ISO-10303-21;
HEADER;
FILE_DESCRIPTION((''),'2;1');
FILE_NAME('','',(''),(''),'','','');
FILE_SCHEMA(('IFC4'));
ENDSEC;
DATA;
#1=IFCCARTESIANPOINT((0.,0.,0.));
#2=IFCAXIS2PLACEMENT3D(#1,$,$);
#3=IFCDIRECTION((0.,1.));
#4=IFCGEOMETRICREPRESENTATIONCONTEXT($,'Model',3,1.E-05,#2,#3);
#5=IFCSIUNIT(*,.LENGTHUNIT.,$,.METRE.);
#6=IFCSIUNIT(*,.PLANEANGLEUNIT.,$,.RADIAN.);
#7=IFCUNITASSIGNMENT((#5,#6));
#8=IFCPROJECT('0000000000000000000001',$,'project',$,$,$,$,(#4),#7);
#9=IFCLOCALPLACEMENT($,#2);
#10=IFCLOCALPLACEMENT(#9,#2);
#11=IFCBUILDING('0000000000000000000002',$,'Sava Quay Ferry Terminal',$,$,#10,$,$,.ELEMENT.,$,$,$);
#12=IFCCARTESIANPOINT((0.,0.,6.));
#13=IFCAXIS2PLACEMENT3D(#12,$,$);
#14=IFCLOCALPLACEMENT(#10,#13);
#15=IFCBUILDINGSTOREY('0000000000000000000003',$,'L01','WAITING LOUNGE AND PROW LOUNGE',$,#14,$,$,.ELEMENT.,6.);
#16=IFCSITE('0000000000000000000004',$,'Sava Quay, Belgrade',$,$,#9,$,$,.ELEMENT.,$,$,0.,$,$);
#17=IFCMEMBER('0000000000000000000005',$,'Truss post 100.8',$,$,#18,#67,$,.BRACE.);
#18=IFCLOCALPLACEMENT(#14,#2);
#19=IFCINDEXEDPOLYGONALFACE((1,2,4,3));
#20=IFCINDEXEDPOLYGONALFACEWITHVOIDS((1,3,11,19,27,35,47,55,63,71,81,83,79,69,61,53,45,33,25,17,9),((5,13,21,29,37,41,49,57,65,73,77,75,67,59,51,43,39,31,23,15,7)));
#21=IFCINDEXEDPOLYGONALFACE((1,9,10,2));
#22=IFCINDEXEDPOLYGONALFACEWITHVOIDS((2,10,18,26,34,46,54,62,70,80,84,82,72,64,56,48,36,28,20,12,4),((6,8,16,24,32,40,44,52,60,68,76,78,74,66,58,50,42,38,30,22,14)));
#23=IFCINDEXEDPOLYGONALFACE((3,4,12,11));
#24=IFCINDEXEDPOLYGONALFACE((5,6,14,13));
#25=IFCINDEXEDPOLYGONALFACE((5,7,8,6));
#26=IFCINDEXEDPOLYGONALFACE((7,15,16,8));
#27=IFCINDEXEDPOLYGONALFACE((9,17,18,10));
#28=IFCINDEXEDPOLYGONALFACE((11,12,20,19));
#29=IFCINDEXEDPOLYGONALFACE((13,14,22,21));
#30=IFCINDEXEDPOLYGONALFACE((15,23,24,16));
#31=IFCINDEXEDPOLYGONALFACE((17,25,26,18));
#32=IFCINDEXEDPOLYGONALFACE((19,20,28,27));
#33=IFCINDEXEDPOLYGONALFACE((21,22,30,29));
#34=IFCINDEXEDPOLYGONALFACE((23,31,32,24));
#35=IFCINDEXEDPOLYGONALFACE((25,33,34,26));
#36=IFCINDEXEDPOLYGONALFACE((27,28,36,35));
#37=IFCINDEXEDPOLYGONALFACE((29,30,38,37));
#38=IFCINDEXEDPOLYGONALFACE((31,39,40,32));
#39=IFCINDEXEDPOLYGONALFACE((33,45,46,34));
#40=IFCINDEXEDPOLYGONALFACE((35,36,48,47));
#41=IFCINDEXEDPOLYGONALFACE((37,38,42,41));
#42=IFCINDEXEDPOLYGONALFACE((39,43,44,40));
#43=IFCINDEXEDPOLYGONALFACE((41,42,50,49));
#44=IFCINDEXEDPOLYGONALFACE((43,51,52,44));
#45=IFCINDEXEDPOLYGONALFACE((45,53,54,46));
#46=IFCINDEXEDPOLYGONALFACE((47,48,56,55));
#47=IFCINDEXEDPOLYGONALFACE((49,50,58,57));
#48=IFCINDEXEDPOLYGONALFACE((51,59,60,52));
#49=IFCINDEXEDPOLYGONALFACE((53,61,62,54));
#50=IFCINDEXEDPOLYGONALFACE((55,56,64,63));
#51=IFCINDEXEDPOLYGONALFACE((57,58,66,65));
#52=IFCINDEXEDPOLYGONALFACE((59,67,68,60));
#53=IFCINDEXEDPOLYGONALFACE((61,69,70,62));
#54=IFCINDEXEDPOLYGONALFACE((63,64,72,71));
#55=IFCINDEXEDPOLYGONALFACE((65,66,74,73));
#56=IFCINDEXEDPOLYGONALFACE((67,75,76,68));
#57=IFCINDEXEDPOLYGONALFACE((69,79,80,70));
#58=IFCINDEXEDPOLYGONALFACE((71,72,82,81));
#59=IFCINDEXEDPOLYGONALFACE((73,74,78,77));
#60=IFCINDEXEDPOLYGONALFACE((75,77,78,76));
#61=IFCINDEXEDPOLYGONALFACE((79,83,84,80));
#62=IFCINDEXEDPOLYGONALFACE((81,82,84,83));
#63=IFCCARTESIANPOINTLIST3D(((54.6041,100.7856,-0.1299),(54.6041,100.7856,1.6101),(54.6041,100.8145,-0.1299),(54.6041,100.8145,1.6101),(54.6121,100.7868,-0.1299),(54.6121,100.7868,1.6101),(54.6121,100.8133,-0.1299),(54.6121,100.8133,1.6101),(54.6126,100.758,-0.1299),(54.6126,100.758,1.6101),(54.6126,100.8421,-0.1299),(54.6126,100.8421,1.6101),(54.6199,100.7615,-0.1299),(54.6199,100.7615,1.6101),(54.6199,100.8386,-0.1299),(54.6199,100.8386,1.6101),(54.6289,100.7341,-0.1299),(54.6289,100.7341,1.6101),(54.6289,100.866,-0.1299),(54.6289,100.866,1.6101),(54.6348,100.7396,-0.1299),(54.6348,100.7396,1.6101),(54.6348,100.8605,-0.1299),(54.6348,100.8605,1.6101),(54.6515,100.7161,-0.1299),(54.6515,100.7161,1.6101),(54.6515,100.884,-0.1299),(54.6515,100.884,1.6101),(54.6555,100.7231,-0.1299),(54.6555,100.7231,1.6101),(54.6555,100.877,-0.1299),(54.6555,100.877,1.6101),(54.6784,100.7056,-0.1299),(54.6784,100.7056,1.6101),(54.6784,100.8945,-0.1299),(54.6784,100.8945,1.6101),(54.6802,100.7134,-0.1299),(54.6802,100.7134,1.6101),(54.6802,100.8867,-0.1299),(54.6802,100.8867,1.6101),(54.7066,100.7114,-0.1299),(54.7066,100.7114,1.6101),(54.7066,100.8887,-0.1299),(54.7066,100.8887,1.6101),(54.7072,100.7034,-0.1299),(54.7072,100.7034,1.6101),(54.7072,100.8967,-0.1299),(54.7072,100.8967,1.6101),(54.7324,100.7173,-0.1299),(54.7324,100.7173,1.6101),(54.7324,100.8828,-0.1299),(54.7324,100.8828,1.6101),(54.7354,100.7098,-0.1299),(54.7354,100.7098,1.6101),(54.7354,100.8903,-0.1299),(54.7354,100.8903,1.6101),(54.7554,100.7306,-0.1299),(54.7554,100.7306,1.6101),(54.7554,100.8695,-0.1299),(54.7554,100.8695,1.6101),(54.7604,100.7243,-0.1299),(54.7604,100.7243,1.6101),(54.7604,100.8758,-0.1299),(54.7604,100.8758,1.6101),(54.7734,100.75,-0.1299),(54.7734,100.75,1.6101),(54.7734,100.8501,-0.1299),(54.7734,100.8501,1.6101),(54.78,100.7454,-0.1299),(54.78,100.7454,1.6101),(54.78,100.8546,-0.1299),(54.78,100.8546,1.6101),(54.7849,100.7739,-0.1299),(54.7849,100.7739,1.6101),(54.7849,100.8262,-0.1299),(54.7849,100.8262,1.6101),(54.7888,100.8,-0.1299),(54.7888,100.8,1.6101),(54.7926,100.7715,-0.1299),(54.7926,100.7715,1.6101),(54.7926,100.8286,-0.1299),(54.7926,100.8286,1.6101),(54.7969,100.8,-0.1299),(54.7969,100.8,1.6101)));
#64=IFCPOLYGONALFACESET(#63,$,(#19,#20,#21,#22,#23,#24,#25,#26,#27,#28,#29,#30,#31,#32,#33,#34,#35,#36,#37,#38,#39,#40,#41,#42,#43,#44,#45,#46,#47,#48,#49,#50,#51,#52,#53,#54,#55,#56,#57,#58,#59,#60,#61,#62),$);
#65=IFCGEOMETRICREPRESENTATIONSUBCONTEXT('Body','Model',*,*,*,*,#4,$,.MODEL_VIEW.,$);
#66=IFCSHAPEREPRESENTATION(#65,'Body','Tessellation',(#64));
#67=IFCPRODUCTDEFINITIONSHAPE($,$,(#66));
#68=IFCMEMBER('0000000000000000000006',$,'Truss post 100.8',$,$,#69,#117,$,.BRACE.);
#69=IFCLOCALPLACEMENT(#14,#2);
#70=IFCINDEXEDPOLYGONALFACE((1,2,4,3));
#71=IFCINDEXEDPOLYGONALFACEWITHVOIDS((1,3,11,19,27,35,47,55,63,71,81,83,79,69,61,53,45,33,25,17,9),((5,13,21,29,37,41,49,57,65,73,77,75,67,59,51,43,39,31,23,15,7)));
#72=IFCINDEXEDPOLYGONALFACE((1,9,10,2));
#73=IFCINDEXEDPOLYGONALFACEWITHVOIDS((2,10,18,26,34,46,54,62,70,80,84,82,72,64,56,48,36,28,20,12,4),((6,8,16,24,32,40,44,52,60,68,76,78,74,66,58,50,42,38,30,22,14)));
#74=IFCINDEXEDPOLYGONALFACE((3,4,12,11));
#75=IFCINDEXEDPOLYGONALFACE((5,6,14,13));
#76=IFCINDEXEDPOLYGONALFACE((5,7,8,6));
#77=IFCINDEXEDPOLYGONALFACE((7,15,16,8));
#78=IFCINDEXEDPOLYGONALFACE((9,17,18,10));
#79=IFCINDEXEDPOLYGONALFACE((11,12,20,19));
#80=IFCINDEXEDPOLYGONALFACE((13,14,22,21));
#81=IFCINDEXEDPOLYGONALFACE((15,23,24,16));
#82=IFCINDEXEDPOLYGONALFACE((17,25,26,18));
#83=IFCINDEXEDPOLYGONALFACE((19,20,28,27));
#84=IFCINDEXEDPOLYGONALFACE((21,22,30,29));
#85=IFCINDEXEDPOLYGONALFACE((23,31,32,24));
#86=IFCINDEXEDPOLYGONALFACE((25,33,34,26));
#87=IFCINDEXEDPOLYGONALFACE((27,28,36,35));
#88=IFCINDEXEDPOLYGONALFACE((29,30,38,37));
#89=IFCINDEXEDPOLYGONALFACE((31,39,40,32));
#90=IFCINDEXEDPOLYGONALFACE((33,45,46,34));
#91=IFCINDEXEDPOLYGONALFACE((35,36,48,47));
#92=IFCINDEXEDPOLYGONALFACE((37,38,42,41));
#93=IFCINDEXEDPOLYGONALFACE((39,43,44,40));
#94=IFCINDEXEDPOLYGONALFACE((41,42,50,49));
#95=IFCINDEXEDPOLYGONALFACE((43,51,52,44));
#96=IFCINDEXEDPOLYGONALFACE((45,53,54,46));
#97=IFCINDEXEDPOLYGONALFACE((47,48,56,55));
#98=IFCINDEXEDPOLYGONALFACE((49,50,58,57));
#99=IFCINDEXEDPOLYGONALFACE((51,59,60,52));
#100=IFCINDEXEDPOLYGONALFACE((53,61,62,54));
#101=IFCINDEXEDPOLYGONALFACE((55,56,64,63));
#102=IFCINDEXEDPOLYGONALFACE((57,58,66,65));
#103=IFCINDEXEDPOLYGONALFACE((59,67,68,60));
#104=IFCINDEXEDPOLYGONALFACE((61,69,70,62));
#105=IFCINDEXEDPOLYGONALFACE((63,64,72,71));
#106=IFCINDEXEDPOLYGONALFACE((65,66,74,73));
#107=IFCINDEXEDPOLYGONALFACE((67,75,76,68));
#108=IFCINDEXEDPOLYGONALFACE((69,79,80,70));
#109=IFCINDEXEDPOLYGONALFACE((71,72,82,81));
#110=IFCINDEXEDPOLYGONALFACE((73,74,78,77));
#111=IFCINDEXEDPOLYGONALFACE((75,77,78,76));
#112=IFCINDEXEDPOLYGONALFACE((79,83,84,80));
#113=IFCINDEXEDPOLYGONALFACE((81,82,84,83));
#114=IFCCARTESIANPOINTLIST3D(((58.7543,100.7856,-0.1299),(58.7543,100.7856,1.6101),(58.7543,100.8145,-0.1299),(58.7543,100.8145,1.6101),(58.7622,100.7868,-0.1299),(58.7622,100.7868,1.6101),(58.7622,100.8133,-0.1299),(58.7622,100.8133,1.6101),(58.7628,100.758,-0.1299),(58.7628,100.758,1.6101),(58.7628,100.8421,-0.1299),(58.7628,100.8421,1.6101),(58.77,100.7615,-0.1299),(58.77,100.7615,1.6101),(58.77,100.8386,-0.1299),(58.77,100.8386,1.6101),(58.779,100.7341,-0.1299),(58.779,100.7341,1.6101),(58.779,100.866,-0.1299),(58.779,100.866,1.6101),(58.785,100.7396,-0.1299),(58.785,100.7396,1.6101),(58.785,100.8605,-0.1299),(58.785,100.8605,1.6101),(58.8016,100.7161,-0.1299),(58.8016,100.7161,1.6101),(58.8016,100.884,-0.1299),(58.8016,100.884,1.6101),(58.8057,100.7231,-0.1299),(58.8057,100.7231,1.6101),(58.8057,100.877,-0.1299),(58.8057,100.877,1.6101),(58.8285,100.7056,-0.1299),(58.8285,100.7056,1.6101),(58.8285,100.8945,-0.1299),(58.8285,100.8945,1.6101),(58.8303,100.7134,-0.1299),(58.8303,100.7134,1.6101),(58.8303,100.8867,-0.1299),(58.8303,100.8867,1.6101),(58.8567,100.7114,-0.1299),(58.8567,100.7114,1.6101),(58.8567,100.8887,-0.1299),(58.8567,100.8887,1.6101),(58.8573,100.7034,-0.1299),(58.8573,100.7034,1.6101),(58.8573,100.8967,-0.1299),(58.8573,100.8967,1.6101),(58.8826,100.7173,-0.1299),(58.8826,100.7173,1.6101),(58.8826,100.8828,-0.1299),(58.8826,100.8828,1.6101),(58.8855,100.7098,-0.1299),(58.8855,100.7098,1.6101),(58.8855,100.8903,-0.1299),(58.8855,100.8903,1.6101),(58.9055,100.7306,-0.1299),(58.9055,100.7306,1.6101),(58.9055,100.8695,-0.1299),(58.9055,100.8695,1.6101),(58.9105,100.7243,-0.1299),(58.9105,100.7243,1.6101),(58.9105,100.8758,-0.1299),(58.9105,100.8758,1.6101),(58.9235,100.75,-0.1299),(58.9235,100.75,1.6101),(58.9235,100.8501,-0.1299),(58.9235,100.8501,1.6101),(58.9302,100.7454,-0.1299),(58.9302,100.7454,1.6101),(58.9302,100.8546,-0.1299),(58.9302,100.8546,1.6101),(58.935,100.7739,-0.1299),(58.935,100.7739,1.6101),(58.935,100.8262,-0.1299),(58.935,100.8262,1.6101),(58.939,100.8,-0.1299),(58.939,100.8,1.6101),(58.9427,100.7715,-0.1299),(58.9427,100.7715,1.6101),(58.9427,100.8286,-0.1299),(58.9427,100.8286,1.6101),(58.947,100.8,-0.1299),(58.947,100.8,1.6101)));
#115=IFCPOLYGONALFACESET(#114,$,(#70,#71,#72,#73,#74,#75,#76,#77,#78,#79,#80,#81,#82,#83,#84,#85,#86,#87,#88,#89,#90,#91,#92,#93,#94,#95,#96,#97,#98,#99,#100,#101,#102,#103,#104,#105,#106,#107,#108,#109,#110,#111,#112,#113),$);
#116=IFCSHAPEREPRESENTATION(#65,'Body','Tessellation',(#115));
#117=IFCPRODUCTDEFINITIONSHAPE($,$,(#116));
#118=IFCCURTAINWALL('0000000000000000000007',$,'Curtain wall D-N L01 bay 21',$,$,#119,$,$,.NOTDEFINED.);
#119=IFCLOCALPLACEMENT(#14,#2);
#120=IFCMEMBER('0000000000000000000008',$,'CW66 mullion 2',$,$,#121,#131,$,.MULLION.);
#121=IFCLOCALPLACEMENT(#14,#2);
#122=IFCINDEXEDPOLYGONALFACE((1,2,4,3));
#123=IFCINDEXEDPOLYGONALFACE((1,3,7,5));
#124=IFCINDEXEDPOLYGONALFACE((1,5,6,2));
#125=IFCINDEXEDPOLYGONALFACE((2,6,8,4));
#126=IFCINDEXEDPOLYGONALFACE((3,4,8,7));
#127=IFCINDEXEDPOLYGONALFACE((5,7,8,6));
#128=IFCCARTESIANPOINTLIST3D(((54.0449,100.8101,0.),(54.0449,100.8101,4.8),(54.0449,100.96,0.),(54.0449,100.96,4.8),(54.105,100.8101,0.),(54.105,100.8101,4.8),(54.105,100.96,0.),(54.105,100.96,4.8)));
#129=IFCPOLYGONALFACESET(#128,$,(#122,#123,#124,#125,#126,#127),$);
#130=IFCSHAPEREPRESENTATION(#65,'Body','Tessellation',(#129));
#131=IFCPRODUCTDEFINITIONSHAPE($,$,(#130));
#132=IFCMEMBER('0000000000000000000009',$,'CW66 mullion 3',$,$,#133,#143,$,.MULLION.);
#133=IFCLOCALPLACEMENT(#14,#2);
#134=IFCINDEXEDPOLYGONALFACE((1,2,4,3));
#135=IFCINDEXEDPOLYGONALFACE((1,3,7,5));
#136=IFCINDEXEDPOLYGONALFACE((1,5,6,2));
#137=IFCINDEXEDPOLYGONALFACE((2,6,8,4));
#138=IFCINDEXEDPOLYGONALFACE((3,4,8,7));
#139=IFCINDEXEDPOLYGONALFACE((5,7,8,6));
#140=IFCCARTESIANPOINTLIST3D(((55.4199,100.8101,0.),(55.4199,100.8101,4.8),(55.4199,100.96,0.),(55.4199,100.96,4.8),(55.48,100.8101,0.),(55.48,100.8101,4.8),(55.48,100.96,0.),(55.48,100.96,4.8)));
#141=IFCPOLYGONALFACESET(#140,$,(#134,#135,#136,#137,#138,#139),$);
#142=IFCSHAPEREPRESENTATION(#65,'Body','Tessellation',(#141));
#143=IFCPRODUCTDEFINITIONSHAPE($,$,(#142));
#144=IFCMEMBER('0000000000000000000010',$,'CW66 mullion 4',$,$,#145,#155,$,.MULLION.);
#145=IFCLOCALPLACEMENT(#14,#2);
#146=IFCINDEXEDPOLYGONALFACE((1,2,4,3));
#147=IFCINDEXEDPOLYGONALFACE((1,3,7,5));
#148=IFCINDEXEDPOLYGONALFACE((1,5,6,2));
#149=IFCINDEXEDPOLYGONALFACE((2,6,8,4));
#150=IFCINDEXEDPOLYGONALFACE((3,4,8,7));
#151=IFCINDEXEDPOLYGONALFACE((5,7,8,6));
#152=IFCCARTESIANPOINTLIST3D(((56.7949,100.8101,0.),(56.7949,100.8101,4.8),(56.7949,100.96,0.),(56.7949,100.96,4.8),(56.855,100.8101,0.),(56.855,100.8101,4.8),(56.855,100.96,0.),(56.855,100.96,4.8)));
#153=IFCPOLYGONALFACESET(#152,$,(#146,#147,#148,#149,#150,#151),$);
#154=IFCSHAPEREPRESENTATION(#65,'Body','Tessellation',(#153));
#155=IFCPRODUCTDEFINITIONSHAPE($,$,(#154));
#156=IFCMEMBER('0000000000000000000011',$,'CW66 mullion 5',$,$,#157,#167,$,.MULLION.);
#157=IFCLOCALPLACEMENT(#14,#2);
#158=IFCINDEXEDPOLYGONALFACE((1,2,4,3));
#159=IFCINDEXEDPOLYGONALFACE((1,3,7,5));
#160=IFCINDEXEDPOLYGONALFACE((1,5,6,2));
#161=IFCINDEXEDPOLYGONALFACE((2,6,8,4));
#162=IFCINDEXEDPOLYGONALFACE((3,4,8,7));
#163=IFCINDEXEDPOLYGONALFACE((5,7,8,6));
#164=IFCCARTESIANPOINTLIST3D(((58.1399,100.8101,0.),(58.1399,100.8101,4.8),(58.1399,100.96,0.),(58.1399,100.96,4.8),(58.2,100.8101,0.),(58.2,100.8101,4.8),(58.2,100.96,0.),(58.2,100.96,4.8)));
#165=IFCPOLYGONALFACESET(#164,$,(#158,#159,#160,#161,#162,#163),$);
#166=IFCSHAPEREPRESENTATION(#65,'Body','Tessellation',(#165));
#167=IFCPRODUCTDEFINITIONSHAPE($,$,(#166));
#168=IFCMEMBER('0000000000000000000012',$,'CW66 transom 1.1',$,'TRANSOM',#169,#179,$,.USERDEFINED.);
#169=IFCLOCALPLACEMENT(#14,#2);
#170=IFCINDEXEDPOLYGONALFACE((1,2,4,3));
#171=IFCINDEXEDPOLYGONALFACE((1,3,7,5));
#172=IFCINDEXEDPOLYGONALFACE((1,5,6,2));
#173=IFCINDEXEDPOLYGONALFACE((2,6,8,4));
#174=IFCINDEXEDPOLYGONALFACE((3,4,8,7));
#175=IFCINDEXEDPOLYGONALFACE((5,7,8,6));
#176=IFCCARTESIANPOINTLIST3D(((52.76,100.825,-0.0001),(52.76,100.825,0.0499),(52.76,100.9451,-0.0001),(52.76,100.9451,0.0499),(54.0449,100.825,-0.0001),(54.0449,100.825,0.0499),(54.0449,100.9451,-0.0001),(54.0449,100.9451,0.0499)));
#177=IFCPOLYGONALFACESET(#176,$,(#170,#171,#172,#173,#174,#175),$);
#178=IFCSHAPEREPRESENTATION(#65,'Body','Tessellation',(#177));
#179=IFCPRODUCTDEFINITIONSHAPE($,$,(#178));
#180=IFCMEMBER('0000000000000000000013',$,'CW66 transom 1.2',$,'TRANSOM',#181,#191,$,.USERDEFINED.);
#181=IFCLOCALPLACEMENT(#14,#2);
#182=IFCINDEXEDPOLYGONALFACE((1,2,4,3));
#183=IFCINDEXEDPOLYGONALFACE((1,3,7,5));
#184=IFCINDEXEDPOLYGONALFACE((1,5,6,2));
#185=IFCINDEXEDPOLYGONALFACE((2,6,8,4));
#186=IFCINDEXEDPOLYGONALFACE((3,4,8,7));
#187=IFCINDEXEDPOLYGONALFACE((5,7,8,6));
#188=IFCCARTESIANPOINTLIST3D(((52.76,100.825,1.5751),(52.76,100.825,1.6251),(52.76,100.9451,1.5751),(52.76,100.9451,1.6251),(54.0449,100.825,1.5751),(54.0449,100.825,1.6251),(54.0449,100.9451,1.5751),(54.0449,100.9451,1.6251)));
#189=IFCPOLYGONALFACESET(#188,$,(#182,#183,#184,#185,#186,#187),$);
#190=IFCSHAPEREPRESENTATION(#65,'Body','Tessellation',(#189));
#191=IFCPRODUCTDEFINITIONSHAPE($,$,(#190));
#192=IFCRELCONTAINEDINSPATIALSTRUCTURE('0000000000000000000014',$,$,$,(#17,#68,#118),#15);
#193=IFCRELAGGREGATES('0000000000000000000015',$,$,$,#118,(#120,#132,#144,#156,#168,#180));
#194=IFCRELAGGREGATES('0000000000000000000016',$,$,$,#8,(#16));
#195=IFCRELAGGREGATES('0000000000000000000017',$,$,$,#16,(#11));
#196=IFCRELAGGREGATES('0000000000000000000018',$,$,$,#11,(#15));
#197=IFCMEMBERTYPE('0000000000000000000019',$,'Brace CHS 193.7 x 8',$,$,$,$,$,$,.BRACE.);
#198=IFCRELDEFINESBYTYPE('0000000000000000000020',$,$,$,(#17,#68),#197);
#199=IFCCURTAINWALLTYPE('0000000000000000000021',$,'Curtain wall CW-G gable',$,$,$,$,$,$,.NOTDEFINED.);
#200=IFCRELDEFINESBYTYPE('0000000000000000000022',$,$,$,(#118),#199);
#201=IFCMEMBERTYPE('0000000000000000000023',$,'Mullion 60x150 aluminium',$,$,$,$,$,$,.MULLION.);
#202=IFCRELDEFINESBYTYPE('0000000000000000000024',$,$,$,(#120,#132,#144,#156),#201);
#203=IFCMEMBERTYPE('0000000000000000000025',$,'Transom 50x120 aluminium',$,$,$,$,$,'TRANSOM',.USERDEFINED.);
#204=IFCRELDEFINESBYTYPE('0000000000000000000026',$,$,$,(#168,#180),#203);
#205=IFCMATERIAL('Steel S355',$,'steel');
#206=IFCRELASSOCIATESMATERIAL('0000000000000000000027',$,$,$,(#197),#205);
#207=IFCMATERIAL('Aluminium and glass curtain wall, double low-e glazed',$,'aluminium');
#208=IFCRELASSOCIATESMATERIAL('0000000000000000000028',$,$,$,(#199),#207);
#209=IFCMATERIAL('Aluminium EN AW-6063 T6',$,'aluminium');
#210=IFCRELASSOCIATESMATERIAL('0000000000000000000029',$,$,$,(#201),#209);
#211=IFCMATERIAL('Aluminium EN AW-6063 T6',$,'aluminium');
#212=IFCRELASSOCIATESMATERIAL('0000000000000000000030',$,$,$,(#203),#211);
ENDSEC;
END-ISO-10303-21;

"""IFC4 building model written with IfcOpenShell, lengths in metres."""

from ifc_helpers import new_model, si_unit, direction, frame, origin, origin_2d, place, context, subcontext, project, spatial, rectangle, hollow_circle, extrude, material, material_profile, profile_set, type_object, element, aggregate, save


model = new_model("IFC4")

# Units and contexts
model_context = context("Model", 3, precision=1e-05, world=origin(), true_north=direction((0.0, 1.0)))
body_context = subcontext(model_context, "Body", "Model", "MODEL_VIEW")
ifc_project = project(units=[si_unit("LENGTHUNIT", "METRE"), si_unit("PLANEANGLEUNIT", "RADIAN")], contexts=[model_context])

# Site, building, storey
site_placement = place(None, origin())
site = spatial("IfcSite", under=ifc_project, at=site_placement, Name="Sava Quay, Belgrade", CompositionType="ELEMENT", RefElevation=0.0)
building_placement = place(site_placement, origin())
building = spatial("IfcBuilding", under=site, at=building_placement, Name="Sava Quay Ferry Terminal", CompositionType="ELEMENT")
storey_placement = place(building_placement, frame((0.0, 0.0, 6.0)))
storey = spatial("IfcBuildingStorey", under=building, at=storey_placement, Name="L01", Description="WAITING LOUNGE AND PROW LOUNGE", CompositionType="ELEMENT", Elevation=6.0)

# Members
ifc_material_1 = material(Name="Steel S355", Category="steel")
ifc_material_profile_1 = material_profile(ifc_material_1, hollow_circle(Radius=0.0969, WallThickness=0.0081, at=origin_2d()), Name="CHS 193.7 x 8")
ifc_profile_set_1 = profile_set([ifc_material_profile_1], Name="Steel S355")
member_type_1 = type_object("IfcMemberType", Name="Brace CHS 193.7 x 8", PredefinedType="BRACE", material=ifc_profile_set_1)
for number, where, z_axis, x_axis, name in (
    (1, (54.7, 100.8, -0.1299), (0.0, 0.0, 1.0), (1.0, 0.0, 0.0), "Truss post 100.8"),
    (2, (58.8501, 100.8, -0.1299), (0.0, 0.0, 1.0), (1.0, 0.0, 0.0), "Truss post 100.8"),
):
    element("IfcMember", number, at=place(storey_placement, frame(where, z_axis=z_axis, x_axis=x_axis)), inside=storey, type_object=member_type_1, Name=name, PredefinedType="BRACE", context=body_context, shape_type="SweptSolid", body=[
        extrude(hollow_circle(Radius=0.0969, WallThickness=0.0081, at=origin_2d()), origin(), (0.0, 0.0, 1.0), 1.74),
    ])

# Curtain wall, members
ifc_material_2 = material(Name="Aluminium and glass curtain wall, double low-e glazed", Category="aluminium")
curtain_wall_type = type_object("IfcCurtainWallType", Name="Curtain wall CW-G gable", PredefinedType="NOTDEFINED", material=ifc_material_2)
curtain_wall_placement = place(storey_placement, origin())
curtain_wall = element("IfcCurtainWall", 3, at=curtain_wall_placement, inside=storey, type_object=curtain_wall_type, Name="Curtain wall D-N L01 bay 21", PredefinedType="NOTDEFINED")
ifc_material_3 = material(Name="Aluminium EN AW-6063 T6", Category="aluminium")
ifc_material_profile_2 = material_profile(ifc_material_3, rectangle(XDim=0.1499, YDim=0.0601, at=origin_2d()), Name="Mullion 60x150 aluminium")
ifc_profile_set_2 = profile_set([ifc_material_profile_2], Name="Aluminium EN AW-6063 T6")
member_type_2 = type_object("IfcMemberType", Name="Mullion 60x150 aluminium", PredefinedType="MULLION", material=ifc_profile_set_2)
member_1_placement = place(storey_placement, frame((54.075, 100.885, 0.0), z_axis=(0.0, 0.0, 1.0), x_axis=(0.0, 1.0, 0.0)))
member_1 = element("IfcMember", 4, at=member_1_placement, type_object=member_type_2, Name="CW66 mullion 2", PredefinedType="MULLION", context=body_context, shape_type="SweptSolid", body=[
    extrude(rectangle(XDim=0.1499, YDim=0.0601, at=origin_2d()), origin(), (0.0, 0.0, 1.0), 4.8),
])
member_2_placement = place(storey_placement, frame((55.45, 100.885, 0.0), z_axis=(0.0, 0.0, 1.0), x_axis=(0.0, 1.0, 0.0)))
member_2 = element("IfcMember", 5, at=member_2_placement, type_object=member_type_2, Name="CW66 mullion 3", PredefinedType="MULLION", context=body_context, shape_type="SweptSolid", body=[
    extrude(rectangle(XDim=0.1499, YDim=0.0601, at=origin_2d()), origin(), (0.0, 0.0, 1.0), 4.8),
])
member_3_placement = place(storey_placement, frame((56.825, 100.885, 0.0), z_axis=(0.0, 0.0, 1.0), x_axis=(0.0, 1.0, 0.0)))
member_3 = element("IfcMember", 6, at=member_3_placement, type_object=member_type_2, Name="CW66 mullion 4", PredefinedType="MULLION", context=body_context, shape_type="SweptSolid", body=[
    extrude(rectangle(XDim=0.1499, YDim=0.0601, at=origin_2d()), origin(), (0.0, 0.0, 1.0), 4.8),
])
member_4_placement = place(storey_placement, frame((58.1699, 100.885, 0.0), z_axis=(0.0, 0.0, 1.0), x_axis=(0.0, 1.0, 0.0)))
member_4 = element("IfcMember", 7, at=member_4_placement, type_object=member_type_2, Name="CW66 mullion 5", PredefinedType="MULLION", context=body_context, shape_type="SweptSolid", body=[
    extrude(rectangle(XDim=0.1499, YDim=0.0601, at=origin_2d()), origin(), (0.0, 0.0, 1.0), 4.8),
])
ifc_material_4 = material(Name="Aluminium EN AW-6063 T6", Category="aluminium")
ifc_material_profile_3 = material_profile(ifc_material_4, rectangle(XDim=0.1201, YDim=0.05, at=origin_2d()), Name="Transom 50x120 aluminium")
ifc_profile_set_3 = profile_set([ifc_material_profile_3], Name="Aluminium EN AW-6063 T6")
member_type_3 = type_object("IfcMemberType", Name="Transom 50x120 aluminium", ElementType="TRANSOM", PredefinedType="USERDEFINED", material=ifc_profile_set_3)
member_5_placement = place(storey_placement, frame((52.76, 100.885, 0.0249), z_axis=(1.0, 0.0, 0.0), x_axis=(0.0, 1.0, 0.0)))
member_5 = element("IfcMember", 8, at=member_5_placement, type_object=member_type_3, Name="CW66 transom 1.1", ObjectType="TRANSOM", PredefinedType="USERDEFINED", context=body_context, shape_type="SweptSolid", body=[
    extrude(rectangle(XDim=0.1201, YDim=0.05, at=origin_2d()), origin(), (0.0, 0.0, 1.0), 1.2849),
])
member_6_placement = place(storey_placement, frame((52.76, 100.885, 1.6001), z_axis=(1.0, 0.0, 0.0), x_axis=(0.0, 1.0, 0.0)))
member_6 = element("IfcMember", 9, at=member_6_placement, type_object=member_type_3, Name="CW66 transom 1.2", ObjectType="TRANSOM", PredefinedType="USERDEFINED", context=body_context, shape_type="SweptSolid", body=[
    extrude(rectangle(XDim=0.1201, YDim=0.05, at=origin_2d()), origin(), (0.0, 0.0, 1.0), 1.2849),
])
aggregate(curtain_wall, [member_1, member_2, member_3, member_4, member_5, member_6])

save(model, "model.ifc")
